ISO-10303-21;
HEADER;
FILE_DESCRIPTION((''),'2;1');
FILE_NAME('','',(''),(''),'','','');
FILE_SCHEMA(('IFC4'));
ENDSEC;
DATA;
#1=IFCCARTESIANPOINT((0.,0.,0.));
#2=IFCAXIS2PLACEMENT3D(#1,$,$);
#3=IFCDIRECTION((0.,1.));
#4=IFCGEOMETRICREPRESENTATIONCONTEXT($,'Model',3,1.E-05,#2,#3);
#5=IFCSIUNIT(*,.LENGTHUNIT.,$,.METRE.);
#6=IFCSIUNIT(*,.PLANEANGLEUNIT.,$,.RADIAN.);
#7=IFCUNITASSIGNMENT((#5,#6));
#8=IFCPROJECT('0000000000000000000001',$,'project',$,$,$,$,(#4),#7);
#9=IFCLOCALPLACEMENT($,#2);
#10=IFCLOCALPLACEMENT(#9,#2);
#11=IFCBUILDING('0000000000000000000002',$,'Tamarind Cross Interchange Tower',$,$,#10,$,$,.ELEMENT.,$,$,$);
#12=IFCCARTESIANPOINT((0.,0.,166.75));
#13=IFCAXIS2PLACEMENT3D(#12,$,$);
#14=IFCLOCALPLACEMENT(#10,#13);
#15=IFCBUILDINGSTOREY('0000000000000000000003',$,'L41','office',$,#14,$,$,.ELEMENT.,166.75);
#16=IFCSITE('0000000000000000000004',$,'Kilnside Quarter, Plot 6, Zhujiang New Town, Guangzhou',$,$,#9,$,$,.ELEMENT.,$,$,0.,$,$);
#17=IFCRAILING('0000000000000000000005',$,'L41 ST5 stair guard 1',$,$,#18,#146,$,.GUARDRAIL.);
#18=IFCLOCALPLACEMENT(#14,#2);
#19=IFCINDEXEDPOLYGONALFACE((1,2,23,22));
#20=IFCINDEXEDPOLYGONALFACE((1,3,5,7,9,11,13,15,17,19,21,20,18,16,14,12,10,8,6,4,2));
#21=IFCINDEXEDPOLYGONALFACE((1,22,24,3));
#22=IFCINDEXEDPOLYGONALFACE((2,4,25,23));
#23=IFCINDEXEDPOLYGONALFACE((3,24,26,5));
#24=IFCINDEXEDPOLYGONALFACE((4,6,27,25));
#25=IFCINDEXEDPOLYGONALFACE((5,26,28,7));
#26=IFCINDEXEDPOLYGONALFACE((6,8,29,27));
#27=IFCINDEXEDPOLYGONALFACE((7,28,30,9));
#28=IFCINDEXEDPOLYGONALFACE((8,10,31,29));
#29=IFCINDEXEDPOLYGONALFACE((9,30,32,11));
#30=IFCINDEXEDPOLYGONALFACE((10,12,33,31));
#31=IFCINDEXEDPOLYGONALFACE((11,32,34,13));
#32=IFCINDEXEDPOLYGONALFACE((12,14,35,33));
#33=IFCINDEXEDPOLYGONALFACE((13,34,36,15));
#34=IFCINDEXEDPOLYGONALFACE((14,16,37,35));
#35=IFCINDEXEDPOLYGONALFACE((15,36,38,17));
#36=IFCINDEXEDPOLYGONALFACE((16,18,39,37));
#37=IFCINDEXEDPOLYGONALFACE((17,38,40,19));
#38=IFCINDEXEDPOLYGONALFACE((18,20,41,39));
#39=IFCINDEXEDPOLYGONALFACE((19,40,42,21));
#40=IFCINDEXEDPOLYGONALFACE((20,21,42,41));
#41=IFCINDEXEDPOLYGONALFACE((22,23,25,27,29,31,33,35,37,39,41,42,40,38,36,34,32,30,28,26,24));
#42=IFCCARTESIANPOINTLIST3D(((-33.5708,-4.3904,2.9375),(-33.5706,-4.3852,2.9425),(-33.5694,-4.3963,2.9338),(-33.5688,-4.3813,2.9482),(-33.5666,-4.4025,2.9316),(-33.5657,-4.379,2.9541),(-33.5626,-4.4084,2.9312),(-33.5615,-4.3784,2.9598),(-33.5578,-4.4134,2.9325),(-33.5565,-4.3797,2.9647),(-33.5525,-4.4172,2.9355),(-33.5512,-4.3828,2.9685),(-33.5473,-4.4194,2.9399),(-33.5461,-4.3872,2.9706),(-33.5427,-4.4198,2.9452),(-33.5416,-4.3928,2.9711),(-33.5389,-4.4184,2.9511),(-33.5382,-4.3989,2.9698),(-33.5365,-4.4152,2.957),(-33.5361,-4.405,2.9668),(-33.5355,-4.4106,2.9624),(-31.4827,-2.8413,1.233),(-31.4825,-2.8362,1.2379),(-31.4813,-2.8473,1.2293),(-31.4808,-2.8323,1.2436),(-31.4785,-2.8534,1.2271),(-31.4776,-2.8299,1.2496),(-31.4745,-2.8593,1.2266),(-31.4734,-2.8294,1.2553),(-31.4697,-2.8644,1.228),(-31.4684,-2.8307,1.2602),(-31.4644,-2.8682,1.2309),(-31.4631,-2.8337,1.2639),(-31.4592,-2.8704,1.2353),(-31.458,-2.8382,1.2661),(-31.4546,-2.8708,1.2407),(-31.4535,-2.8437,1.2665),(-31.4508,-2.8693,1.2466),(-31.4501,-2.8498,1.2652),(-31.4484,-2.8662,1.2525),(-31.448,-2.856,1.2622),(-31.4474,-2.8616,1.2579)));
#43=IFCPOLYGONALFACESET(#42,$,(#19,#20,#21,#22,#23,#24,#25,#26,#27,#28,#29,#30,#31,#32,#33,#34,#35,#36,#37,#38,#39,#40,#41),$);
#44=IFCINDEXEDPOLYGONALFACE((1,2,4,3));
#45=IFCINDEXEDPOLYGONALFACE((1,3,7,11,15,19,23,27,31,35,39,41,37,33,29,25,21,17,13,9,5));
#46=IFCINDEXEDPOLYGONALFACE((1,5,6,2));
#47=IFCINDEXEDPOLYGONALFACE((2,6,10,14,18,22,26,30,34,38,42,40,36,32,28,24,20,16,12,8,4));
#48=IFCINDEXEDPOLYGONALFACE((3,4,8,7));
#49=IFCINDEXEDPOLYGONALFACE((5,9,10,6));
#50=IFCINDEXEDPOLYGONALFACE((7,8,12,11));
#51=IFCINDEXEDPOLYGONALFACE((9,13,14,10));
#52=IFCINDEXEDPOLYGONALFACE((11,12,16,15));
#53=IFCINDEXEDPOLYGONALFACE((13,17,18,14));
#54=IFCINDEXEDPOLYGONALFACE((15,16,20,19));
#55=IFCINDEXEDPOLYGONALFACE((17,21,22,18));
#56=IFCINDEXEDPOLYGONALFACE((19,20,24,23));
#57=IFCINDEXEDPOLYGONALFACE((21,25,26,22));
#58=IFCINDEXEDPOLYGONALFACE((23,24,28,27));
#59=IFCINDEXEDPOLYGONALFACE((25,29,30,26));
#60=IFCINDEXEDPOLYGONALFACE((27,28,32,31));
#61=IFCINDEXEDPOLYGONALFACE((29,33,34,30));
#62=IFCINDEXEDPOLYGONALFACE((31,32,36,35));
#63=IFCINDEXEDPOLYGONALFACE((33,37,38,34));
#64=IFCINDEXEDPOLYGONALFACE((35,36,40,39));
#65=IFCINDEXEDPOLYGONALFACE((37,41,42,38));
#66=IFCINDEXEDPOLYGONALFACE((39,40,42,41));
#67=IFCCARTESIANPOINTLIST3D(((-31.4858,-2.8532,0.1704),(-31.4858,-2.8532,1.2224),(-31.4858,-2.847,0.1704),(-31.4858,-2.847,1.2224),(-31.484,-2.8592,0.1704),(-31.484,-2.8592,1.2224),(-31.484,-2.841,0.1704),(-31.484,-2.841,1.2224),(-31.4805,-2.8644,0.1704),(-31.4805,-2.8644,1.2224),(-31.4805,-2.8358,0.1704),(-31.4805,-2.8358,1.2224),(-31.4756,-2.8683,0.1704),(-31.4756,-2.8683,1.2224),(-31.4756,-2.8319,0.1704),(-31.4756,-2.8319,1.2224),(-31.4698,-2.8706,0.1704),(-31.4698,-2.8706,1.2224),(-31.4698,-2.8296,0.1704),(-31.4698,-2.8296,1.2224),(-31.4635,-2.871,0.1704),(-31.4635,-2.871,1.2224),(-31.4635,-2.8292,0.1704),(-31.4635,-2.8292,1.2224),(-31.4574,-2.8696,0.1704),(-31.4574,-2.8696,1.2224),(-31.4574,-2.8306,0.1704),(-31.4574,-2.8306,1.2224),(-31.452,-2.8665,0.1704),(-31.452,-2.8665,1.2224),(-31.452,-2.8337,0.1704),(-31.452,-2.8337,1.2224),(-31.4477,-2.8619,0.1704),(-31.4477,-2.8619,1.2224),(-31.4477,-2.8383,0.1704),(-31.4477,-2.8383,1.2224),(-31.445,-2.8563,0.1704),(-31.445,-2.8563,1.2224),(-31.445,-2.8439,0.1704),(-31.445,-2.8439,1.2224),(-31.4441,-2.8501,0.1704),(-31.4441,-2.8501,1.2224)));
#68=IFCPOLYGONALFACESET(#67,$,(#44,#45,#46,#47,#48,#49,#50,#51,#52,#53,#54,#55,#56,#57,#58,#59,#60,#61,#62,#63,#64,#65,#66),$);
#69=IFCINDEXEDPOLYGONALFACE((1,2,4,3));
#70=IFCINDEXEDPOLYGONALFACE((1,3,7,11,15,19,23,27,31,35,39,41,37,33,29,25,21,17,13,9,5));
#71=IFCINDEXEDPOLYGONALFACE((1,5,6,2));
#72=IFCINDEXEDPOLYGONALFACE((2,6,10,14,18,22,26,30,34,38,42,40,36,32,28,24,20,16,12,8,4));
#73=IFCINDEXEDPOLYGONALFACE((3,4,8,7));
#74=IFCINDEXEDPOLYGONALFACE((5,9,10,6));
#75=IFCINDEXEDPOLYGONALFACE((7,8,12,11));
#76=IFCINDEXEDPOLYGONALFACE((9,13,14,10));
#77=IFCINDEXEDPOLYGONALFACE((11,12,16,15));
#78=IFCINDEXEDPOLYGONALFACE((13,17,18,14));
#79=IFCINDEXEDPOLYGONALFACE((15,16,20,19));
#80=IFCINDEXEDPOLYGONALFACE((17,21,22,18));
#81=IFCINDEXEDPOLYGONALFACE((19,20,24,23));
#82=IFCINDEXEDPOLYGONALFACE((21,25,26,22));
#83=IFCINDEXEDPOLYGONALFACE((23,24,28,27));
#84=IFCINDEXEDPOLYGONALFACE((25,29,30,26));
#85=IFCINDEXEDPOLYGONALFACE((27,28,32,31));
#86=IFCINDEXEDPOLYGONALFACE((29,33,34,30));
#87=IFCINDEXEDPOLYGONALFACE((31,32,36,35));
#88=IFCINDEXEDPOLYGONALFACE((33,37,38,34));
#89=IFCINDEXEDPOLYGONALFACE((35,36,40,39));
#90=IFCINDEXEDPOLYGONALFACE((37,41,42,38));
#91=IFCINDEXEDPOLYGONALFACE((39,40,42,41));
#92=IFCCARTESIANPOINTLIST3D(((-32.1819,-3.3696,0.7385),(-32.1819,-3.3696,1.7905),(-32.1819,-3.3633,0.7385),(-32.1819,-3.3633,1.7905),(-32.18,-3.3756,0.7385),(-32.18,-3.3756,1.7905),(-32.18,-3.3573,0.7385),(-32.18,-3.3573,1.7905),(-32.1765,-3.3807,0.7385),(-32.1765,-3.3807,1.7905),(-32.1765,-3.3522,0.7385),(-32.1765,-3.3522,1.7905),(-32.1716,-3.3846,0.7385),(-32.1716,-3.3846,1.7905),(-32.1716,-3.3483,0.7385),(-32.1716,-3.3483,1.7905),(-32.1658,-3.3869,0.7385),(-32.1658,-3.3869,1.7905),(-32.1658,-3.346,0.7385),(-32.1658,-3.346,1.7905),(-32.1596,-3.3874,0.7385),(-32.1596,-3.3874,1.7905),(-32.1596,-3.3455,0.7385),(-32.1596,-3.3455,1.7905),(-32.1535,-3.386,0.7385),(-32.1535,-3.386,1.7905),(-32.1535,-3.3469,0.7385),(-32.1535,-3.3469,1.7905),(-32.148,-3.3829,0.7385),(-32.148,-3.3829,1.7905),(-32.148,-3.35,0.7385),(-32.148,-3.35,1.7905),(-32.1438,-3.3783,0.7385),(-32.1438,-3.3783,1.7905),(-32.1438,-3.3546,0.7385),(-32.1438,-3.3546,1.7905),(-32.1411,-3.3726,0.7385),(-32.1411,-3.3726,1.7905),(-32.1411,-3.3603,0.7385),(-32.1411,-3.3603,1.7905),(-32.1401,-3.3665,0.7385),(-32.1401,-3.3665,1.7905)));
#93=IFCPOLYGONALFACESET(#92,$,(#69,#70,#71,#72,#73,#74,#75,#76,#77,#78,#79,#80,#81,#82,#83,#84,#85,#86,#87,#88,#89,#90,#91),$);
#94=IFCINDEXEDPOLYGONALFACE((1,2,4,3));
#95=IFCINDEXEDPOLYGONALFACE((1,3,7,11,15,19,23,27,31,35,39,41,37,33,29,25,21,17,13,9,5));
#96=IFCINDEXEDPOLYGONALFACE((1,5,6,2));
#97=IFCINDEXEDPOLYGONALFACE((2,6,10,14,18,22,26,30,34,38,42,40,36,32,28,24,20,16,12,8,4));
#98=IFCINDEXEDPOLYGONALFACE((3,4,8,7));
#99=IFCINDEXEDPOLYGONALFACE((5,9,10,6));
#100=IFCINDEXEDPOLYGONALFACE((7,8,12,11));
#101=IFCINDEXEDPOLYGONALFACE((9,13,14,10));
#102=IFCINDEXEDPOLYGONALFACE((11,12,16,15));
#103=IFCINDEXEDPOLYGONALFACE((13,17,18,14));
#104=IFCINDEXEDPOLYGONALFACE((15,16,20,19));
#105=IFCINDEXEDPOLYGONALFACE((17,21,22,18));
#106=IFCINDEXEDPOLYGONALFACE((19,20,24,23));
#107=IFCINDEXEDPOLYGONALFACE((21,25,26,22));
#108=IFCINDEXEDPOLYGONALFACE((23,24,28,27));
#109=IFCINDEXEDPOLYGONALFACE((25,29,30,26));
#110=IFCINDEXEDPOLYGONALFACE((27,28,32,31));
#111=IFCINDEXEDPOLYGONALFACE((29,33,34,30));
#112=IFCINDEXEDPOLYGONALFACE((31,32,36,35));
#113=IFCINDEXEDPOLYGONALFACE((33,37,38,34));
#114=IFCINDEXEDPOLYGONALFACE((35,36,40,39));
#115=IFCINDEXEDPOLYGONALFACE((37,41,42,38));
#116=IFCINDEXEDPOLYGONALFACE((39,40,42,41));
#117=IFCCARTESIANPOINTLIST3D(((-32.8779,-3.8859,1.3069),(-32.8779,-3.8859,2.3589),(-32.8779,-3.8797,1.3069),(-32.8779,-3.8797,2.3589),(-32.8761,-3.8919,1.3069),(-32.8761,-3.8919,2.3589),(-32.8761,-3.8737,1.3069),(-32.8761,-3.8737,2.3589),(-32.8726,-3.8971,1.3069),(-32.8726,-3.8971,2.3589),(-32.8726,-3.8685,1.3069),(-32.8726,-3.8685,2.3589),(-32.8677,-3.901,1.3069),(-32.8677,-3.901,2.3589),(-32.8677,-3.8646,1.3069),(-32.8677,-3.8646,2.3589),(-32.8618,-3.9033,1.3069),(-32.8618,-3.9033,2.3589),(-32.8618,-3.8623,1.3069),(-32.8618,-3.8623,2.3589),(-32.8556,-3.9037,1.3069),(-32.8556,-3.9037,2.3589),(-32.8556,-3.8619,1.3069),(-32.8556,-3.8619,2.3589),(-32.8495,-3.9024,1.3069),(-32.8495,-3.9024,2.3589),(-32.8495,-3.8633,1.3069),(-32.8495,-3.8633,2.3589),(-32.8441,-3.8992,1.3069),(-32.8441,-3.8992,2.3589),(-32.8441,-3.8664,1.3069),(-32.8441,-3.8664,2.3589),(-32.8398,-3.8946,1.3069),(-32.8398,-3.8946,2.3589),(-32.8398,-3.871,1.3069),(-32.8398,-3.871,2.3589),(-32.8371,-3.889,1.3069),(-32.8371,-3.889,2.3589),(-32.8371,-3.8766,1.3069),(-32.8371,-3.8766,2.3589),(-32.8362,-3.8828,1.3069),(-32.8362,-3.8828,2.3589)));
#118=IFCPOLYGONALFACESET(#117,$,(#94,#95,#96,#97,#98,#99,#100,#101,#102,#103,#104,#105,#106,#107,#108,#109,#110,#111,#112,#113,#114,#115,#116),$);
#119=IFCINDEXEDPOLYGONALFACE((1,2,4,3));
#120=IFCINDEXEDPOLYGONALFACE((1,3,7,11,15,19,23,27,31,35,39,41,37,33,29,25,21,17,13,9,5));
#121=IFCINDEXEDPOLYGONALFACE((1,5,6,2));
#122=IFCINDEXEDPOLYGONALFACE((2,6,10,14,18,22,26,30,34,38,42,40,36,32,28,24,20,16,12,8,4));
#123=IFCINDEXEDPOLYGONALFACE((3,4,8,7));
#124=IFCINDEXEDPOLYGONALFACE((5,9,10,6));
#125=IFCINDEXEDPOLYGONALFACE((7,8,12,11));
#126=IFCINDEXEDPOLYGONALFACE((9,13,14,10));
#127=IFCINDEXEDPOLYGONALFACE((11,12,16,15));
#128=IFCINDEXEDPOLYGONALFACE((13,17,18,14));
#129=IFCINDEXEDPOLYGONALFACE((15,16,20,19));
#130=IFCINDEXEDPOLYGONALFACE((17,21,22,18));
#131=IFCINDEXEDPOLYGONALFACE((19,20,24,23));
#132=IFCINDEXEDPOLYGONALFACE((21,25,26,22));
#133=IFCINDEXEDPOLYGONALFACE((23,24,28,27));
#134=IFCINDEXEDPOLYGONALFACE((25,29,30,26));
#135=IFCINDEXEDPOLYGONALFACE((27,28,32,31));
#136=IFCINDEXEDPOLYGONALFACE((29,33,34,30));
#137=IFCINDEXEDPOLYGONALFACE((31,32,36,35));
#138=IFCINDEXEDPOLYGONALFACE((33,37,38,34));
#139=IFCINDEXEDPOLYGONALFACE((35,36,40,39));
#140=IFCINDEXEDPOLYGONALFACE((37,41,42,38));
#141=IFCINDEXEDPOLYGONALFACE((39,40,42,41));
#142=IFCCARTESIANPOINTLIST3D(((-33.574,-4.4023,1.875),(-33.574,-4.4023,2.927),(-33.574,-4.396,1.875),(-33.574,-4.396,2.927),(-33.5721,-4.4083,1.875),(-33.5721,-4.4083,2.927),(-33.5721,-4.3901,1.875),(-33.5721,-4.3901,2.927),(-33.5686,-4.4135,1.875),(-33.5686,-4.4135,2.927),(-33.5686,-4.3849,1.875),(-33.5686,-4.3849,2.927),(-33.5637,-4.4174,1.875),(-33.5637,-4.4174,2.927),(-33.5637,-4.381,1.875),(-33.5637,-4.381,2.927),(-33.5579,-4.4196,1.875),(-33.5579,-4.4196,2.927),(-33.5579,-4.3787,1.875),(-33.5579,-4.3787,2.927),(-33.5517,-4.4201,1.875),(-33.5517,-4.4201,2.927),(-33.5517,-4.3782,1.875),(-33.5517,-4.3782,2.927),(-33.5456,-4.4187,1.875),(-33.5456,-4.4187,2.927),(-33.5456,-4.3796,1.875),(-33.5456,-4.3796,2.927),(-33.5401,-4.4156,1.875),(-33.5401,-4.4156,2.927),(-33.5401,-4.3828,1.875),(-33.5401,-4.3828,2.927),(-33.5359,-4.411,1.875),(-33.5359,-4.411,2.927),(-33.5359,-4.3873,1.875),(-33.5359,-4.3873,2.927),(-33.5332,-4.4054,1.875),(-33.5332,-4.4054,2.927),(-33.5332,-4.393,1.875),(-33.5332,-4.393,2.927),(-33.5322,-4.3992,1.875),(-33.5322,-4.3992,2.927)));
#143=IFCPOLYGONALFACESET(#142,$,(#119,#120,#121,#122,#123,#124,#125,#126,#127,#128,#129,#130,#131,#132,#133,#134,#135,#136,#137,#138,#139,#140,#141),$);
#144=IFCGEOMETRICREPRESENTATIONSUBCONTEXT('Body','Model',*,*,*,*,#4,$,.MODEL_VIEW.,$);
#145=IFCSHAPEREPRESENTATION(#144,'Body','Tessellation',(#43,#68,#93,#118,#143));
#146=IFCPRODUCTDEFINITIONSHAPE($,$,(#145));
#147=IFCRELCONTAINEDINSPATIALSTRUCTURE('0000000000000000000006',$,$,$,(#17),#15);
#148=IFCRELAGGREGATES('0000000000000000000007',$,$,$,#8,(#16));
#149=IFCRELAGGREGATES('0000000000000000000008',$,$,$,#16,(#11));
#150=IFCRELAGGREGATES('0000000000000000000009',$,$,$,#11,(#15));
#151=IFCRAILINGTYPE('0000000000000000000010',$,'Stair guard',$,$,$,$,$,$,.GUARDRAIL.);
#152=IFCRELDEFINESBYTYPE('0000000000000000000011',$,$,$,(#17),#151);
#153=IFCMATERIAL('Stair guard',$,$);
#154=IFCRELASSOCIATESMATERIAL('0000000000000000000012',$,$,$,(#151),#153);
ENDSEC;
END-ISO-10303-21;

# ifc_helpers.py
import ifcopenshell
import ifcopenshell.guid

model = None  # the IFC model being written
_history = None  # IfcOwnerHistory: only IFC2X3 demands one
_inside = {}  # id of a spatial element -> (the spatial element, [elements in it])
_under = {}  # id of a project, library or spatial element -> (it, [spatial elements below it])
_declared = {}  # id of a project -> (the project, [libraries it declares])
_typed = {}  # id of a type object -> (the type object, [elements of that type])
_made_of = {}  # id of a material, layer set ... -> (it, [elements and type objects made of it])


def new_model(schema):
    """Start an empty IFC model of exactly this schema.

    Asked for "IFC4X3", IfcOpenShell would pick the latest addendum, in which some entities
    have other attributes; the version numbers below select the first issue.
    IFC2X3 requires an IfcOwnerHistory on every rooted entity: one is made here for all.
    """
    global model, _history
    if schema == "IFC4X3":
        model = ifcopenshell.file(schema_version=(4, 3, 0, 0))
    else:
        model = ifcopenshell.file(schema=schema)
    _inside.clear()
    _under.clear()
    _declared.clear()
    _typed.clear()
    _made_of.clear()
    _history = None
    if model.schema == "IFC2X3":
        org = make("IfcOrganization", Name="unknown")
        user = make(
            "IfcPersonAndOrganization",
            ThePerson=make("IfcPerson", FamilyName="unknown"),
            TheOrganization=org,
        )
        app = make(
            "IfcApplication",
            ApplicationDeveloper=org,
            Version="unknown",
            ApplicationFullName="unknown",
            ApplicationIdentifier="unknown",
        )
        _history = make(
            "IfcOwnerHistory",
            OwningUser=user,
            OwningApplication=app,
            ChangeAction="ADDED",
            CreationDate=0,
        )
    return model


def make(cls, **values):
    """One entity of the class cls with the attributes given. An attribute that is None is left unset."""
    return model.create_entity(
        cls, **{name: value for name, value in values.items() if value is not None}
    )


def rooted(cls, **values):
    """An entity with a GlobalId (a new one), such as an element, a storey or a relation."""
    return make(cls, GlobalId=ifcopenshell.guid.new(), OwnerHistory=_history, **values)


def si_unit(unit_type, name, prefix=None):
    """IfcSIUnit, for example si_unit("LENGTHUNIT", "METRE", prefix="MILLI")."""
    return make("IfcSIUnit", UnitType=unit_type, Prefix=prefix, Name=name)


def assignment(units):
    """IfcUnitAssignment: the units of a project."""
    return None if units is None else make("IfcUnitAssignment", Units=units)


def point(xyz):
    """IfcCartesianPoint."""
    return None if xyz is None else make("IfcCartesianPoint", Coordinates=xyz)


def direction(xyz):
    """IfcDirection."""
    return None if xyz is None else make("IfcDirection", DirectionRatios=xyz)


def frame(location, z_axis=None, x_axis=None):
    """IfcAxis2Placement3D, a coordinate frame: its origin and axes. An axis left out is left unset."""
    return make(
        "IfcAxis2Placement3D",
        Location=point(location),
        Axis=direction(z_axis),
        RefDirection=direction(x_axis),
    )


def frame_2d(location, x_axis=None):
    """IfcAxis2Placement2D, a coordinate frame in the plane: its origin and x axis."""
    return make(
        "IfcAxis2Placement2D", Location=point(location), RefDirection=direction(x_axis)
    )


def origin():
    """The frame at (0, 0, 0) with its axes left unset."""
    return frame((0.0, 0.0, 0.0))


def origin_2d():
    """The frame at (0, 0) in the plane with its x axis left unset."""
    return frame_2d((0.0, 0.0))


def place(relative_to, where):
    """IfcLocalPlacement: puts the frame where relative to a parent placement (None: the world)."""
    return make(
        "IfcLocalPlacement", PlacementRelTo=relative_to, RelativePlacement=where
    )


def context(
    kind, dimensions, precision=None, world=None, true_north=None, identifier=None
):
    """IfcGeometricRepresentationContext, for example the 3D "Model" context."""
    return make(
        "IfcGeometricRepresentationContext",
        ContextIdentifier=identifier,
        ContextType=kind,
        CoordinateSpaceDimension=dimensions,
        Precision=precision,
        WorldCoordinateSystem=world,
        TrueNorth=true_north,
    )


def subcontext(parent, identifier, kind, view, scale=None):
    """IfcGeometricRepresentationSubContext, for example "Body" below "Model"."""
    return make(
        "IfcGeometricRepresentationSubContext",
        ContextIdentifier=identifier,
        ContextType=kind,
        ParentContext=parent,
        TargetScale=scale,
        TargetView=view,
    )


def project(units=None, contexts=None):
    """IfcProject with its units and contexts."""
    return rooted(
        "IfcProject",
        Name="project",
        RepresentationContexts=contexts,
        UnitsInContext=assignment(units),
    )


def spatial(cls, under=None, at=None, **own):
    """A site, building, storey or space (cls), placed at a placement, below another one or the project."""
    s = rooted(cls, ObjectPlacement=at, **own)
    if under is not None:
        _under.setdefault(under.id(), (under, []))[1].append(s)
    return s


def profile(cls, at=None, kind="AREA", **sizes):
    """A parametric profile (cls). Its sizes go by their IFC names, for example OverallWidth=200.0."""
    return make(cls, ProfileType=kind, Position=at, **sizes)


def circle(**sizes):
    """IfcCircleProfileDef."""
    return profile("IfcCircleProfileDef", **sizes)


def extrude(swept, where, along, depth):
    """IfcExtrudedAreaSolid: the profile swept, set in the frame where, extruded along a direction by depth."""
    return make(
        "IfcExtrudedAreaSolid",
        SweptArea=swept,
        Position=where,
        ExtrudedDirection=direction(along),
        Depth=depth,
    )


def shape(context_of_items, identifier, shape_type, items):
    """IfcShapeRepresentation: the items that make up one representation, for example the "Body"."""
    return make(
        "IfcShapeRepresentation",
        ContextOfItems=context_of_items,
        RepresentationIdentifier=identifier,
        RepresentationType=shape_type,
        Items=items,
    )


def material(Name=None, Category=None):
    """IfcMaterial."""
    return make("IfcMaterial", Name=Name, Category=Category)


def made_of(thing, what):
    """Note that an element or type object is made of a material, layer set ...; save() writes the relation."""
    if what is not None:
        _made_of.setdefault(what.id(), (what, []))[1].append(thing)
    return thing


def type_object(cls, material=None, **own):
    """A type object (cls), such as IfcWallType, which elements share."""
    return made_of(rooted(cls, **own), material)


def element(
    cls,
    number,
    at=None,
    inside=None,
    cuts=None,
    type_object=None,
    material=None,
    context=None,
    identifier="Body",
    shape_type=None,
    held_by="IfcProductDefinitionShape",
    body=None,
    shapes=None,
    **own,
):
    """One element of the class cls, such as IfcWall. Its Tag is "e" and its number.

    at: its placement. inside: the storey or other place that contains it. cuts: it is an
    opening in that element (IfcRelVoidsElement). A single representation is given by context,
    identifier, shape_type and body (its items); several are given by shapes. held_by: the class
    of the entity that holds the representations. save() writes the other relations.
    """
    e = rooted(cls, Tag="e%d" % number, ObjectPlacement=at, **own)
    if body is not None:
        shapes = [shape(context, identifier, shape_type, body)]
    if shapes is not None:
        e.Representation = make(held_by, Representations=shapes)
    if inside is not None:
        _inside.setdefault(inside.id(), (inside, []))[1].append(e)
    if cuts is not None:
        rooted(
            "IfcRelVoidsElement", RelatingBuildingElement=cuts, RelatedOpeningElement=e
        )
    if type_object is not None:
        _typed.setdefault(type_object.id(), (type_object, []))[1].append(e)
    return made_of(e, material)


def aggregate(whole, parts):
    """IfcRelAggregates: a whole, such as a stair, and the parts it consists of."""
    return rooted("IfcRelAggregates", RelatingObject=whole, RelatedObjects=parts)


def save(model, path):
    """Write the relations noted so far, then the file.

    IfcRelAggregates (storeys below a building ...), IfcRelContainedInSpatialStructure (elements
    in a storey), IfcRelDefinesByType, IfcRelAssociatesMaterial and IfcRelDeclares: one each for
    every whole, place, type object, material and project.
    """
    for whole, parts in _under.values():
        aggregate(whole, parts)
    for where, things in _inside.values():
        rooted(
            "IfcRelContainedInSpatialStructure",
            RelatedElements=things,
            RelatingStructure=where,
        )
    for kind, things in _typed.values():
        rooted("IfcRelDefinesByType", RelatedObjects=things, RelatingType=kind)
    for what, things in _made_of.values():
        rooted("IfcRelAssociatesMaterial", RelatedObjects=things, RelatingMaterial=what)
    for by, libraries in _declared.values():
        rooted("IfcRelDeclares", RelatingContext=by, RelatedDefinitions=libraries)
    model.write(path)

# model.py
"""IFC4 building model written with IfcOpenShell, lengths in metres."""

from ifc_helpers import new_model, si_unit, direction, frame, origin, origin_2d, place, context, subcontext, project, spatial, circle, extrude, material, type_object, element, save


model = new_model("IFC4")

# Units and contexts
model_context = context("Model", 3, precision=1e-05, world=origin(), true_north=direction((0.0, 1.0)))
body_context = subcontext(model_context, "Body", "Model", "MODEL_VIEW")
ifc_project = project(units=[si_unit("LENGTHUNIT", "METRE"), si_unit("PLANEANGLEUNIT", "RADIAN")], contexts=[model_context])

# Site, building, storey
site_placement = place(None, origin())
site = spatial("IfcSite", under=ifc_project, at=site_placement, Name="Kilnside Quarter, Plot 6, Zhujiang New Town, Guangzhou", CompositionType="ELEMENT", RefElevation=0.0)
building_placement = place(site_placement, origin())
building = spatial("IfcBuilding", under=site, at=building_placement, Name="Tamarind Cross Interchange Tower", CompositionType="ELEMENT")
storey_placement = place(building_placement, frame((0.0, 0.0, 166.75)))
storey = spatial("IfcBuildingStorey", under=building, at=storey_placement, Name="L41", Description="office", CompositionType="ELEMENT", Elevation=166.75)

# Railing
ifc_material_1 = material(Name="Stair guard")
railing_type = type_object("IfcRailingType", Name="Stair guard", PredefinedType="GUARDRAIL", material=ifc_material_1)
railing_1_placement = place(storey_placement, frame((-31.4651, -2.8501, 0.1704)))
element("IfcRailing", 1, at=railing_1_placement, inside=storey, type_object=railing_type, Name="L41 ST5 stair guard 1", PredefinedType="GUARDRAIL", context=body_context, shape_type="SweptSolid", body=[
    extrude(circle(Radius=0.0239, at=origin_2d()), frame((0.0, 0.0, 1.0762), z_axis=(-0.671653, -0.498263, 0.548285), x_axis=(0.5958, -0.803133, 0.0)), (0.0, 0.0, 1.0), 3.1089),
    extrude(circle(Radius=0.021, at=origin_2d()), origin(), (0.0, 0.0, 1.0), 1.052),
    extrude(circle(Radius=0.021, at=origin_2d()), frame((-0.696, -0.5164, 0.5681)), (0.0, 0.0, 1.0), 1.052),
    extrude(circle(Radius=0.021, at=origin_2d()), frame((-1.3921, -1.0327, 1.1365)), (0.0, 0.0, 1.0), 1.052),
    extrude(circle(Radius=0.021, at=origin_2d()), frame((-2.0881, -1.5491, 1.7046)), (0.0, 0.0, 1.0), 1.052),
])

save(model, "model.ifc")
